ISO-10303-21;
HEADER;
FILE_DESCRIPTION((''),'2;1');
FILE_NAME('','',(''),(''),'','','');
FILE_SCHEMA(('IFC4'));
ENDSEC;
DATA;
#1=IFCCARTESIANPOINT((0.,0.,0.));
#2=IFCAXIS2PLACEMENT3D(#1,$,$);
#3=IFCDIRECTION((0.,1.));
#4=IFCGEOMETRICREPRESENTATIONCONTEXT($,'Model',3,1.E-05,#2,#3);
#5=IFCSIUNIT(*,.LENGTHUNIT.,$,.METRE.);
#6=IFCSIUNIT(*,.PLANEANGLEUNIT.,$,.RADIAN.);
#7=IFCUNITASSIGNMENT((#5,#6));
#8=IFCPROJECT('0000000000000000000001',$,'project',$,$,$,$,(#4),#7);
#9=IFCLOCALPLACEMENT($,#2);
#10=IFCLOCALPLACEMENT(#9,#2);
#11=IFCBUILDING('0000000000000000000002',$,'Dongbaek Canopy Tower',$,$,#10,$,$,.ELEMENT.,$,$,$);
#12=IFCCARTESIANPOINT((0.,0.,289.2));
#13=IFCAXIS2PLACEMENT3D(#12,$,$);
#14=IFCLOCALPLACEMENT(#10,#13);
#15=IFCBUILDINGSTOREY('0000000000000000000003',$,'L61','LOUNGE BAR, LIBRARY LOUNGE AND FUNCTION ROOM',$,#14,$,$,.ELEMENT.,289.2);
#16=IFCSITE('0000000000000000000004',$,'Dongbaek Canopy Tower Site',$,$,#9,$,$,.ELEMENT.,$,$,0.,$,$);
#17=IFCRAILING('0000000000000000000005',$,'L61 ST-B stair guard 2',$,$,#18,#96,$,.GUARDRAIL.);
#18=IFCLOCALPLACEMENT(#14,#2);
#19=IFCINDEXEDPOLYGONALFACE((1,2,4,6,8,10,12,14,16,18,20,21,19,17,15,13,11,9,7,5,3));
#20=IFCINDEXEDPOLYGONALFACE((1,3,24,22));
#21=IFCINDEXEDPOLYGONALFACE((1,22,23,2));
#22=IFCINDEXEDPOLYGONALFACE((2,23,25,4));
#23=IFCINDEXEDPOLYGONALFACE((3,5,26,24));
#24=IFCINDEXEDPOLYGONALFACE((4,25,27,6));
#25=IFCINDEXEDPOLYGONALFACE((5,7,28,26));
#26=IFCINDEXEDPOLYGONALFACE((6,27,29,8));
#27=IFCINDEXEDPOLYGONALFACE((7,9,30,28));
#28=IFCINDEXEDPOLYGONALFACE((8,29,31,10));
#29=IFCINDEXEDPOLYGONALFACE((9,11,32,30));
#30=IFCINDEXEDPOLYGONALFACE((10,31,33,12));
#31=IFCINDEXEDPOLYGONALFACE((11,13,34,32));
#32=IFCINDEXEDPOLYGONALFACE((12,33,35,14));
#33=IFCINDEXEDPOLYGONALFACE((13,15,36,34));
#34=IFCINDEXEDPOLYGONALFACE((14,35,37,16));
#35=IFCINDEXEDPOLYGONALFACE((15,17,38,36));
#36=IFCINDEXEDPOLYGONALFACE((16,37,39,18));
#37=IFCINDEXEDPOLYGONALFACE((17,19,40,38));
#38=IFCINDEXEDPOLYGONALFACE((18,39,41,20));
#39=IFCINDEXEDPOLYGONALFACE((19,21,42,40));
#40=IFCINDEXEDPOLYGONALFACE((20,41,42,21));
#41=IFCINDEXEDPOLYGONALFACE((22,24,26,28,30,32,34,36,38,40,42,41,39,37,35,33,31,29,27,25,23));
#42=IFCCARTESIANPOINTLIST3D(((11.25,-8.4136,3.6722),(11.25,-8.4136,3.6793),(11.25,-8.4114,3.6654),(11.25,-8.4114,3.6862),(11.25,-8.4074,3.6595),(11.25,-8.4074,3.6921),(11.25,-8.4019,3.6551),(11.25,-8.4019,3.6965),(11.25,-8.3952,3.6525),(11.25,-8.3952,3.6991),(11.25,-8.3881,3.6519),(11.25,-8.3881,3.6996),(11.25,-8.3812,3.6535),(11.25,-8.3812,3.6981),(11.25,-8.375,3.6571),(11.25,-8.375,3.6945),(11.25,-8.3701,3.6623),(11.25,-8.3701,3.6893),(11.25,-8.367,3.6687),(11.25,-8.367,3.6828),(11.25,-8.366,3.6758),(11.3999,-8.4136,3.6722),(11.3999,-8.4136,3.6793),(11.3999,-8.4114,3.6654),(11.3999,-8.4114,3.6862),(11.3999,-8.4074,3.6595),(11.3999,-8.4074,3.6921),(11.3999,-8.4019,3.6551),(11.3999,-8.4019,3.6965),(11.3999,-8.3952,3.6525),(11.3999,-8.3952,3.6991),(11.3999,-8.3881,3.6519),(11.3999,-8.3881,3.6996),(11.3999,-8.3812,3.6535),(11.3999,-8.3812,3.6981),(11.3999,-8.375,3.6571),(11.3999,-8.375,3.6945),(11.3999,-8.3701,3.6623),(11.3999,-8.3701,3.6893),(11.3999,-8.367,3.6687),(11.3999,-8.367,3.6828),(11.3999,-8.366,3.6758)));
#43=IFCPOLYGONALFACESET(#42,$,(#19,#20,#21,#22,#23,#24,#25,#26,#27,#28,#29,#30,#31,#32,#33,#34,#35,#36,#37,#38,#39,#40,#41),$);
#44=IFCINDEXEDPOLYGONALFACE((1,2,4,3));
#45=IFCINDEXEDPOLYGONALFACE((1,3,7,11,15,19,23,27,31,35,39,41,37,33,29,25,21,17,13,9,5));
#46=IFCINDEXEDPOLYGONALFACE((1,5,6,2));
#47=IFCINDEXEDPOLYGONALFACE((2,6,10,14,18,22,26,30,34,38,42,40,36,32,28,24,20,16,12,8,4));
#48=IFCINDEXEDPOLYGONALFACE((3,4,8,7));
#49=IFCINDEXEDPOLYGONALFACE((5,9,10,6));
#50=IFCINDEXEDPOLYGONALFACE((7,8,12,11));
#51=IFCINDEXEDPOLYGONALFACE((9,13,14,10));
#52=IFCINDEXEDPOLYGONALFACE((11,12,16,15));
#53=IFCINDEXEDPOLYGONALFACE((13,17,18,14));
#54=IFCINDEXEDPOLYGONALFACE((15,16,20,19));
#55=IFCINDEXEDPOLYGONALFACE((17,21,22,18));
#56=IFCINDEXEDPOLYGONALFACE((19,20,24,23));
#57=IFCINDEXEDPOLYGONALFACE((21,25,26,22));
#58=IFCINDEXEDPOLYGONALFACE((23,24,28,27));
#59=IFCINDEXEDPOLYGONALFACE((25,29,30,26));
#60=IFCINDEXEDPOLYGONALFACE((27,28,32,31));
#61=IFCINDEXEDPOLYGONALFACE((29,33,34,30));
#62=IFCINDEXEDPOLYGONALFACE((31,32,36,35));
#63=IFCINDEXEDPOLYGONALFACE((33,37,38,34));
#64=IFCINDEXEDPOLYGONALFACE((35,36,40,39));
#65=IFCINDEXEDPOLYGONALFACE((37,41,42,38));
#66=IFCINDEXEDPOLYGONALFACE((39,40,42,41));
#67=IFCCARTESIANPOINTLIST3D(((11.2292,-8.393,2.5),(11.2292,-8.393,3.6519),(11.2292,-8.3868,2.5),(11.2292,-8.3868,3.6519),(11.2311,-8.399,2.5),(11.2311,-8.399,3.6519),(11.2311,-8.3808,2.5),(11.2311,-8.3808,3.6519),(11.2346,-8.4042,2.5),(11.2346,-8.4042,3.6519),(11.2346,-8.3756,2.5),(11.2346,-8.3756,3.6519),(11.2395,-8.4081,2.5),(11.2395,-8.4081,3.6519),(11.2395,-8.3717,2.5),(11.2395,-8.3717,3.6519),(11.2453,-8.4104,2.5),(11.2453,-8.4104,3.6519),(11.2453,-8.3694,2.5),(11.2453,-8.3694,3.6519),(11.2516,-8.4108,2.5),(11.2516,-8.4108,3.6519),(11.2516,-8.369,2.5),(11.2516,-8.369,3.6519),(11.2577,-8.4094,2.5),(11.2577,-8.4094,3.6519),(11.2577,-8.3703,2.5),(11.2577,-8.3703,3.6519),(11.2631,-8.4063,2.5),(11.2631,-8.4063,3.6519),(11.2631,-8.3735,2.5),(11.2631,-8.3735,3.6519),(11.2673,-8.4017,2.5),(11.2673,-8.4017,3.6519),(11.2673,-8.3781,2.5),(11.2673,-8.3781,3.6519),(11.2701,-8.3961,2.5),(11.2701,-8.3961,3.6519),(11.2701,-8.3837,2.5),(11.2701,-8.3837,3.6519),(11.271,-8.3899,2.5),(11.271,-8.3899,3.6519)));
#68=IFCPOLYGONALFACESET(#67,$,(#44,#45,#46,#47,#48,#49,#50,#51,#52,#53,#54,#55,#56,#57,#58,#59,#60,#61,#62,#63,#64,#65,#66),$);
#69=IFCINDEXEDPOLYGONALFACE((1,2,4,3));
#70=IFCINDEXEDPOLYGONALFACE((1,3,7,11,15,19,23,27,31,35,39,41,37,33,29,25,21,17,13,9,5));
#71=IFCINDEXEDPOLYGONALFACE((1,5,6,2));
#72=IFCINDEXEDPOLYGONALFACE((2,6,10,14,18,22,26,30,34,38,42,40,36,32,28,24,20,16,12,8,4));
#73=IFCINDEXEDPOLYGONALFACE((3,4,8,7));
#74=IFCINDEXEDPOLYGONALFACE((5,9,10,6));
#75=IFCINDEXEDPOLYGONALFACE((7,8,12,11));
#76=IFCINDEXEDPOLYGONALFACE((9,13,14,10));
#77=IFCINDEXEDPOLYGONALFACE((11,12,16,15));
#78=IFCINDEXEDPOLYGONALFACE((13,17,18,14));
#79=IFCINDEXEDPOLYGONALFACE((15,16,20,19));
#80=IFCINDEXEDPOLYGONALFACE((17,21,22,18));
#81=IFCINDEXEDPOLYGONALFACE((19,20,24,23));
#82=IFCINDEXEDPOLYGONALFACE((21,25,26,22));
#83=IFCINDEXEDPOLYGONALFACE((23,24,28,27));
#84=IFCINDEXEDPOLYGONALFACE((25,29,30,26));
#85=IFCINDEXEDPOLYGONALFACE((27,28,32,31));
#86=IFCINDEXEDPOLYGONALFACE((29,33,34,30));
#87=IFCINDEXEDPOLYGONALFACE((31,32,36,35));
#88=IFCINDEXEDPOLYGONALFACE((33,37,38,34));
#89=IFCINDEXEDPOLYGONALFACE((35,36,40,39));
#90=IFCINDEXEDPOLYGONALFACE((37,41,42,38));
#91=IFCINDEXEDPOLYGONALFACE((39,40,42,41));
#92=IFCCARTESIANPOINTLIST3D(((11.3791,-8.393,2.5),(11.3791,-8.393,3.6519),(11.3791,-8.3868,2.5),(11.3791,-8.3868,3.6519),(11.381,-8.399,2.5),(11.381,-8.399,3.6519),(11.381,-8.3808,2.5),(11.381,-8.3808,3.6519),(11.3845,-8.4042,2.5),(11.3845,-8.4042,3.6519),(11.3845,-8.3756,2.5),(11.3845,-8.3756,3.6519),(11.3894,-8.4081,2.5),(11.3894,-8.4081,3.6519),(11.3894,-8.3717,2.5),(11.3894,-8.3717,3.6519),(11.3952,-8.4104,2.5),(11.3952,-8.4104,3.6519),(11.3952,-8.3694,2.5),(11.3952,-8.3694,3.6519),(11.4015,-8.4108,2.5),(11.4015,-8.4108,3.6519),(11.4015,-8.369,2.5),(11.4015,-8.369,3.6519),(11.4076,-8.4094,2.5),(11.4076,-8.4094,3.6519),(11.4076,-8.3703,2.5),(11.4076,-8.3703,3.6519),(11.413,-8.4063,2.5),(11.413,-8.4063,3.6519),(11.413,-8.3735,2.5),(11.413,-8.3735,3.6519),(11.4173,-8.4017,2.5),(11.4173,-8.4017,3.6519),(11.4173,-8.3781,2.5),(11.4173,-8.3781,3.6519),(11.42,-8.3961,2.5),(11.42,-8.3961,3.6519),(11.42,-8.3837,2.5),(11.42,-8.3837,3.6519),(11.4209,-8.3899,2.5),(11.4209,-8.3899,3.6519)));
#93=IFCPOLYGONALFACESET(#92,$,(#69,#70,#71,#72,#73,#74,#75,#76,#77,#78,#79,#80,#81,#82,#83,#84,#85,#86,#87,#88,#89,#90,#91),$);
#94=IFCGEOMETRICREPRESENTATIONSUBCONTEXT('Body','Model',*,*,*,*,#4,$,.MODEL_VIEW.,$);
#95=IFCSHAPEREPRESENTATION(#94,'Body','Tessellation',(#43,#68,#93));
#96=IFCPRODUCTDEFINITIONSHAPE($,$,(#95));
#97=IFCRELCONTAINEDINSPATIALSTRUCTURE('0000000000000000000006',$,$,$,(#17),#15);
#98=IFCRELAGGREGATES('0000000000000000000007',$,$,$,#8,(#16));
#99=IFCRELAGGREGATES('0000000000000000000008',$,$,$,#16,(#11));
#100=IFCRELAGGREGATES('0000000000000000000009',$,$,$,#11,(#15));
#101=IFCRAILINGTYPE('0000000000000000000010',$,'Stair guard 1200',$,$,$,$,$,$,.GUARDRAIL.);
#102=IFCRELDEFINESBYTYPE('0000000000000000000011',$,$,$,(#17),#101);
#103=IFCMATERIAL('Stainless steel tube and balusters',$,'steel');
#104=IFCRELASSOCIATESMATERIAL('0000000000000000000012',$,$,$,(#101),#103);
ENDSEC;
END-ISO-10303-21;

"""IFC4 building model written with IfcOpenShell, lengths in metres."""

from ifc_helpers import new_model, si_unit, direction, frame, origin, origin_2d, place, context, subcontext, project, spatial, circle, extrude, material, type_object, element, save


model = new_model("IFC4")

# Units and contexts
model_context = context("Model", 3, precision=1e-05, world=origin(), true_north=direction((0.0, 1.0)))
body_context = subcontext(model_context, "Body", "Model", "MODEL_VIEW")
ifc_project = project(units=[si_unit("LENGTHUNIT", "METRE"), si_unit("PLANEANGLEUNIT", "RADIAN")], contexts=[model_context])

# Site, building, storey
site_placement = place(None, origin())
site = spatial("IfcSite", under=ifc_project, at=site_placement, Name="Dongbaek Canopy Tower Site", CompositionType="ELEMENT", RefElevation=0.0)
building_placement = place(site_placement, origin())
building = spatial("IfcBuilding", under=site, at=building_placement, Name="Dongbaek Canopy Tower", CompositionType="ELEMENT")
storey_placement = place(building_placement, frame((0.0, 0.0, 289.2)))
storey = spatial("IfcBuildingStorey", under=building, at=storey_placement, Name="L61", Description="LOUNGE BAR, LIBRARY LOUNGE AND FUNCTION ROOM", CompositionType="ELEMENT", Elevation=289.2)

# Railing
ifc_material_1 = material(Name="Stainless steel tube and balusters", Category="steel")
railing_type_1 = type_object("IfcRailingType", Name="Stair guard 1200", PredefinedType="GUARDRAIL", material=ifc_material_1)
railing_1_placement = place(storey_placement, frame((11.25, -8.3899, 2.5)))
element("IfcRailing", 1, at=railing_1_placement, inside=storey, type_object=railing_type_1, Name="L61 ST-B stair guard 2", PredefinedType="GUARDRAIL", context=body_context, shape_type="SweptSolid", body=[
    extrude(circle(Radius=0.0239, at=origin_2d()), frame((0.0, 0.0, 1.1758), z_axis=(1.0, 0.0, 0.0), x_axis=(0.0, 1.0, 0.0)), (0.0, 0.0, 1.0), 0.1499),
    extrude(circle(Radius=0.021, at=origin_2d()), origin(), (0.0, 0.0, 1.0), 1.1519),
    extrude(circle(Radius=0.021, at=origin_2d()), frame((0.1499, 0.0, 0.0)), (0.0, 0.0, 1.0), 1.1519),
])

save(model, "model.ifc")
